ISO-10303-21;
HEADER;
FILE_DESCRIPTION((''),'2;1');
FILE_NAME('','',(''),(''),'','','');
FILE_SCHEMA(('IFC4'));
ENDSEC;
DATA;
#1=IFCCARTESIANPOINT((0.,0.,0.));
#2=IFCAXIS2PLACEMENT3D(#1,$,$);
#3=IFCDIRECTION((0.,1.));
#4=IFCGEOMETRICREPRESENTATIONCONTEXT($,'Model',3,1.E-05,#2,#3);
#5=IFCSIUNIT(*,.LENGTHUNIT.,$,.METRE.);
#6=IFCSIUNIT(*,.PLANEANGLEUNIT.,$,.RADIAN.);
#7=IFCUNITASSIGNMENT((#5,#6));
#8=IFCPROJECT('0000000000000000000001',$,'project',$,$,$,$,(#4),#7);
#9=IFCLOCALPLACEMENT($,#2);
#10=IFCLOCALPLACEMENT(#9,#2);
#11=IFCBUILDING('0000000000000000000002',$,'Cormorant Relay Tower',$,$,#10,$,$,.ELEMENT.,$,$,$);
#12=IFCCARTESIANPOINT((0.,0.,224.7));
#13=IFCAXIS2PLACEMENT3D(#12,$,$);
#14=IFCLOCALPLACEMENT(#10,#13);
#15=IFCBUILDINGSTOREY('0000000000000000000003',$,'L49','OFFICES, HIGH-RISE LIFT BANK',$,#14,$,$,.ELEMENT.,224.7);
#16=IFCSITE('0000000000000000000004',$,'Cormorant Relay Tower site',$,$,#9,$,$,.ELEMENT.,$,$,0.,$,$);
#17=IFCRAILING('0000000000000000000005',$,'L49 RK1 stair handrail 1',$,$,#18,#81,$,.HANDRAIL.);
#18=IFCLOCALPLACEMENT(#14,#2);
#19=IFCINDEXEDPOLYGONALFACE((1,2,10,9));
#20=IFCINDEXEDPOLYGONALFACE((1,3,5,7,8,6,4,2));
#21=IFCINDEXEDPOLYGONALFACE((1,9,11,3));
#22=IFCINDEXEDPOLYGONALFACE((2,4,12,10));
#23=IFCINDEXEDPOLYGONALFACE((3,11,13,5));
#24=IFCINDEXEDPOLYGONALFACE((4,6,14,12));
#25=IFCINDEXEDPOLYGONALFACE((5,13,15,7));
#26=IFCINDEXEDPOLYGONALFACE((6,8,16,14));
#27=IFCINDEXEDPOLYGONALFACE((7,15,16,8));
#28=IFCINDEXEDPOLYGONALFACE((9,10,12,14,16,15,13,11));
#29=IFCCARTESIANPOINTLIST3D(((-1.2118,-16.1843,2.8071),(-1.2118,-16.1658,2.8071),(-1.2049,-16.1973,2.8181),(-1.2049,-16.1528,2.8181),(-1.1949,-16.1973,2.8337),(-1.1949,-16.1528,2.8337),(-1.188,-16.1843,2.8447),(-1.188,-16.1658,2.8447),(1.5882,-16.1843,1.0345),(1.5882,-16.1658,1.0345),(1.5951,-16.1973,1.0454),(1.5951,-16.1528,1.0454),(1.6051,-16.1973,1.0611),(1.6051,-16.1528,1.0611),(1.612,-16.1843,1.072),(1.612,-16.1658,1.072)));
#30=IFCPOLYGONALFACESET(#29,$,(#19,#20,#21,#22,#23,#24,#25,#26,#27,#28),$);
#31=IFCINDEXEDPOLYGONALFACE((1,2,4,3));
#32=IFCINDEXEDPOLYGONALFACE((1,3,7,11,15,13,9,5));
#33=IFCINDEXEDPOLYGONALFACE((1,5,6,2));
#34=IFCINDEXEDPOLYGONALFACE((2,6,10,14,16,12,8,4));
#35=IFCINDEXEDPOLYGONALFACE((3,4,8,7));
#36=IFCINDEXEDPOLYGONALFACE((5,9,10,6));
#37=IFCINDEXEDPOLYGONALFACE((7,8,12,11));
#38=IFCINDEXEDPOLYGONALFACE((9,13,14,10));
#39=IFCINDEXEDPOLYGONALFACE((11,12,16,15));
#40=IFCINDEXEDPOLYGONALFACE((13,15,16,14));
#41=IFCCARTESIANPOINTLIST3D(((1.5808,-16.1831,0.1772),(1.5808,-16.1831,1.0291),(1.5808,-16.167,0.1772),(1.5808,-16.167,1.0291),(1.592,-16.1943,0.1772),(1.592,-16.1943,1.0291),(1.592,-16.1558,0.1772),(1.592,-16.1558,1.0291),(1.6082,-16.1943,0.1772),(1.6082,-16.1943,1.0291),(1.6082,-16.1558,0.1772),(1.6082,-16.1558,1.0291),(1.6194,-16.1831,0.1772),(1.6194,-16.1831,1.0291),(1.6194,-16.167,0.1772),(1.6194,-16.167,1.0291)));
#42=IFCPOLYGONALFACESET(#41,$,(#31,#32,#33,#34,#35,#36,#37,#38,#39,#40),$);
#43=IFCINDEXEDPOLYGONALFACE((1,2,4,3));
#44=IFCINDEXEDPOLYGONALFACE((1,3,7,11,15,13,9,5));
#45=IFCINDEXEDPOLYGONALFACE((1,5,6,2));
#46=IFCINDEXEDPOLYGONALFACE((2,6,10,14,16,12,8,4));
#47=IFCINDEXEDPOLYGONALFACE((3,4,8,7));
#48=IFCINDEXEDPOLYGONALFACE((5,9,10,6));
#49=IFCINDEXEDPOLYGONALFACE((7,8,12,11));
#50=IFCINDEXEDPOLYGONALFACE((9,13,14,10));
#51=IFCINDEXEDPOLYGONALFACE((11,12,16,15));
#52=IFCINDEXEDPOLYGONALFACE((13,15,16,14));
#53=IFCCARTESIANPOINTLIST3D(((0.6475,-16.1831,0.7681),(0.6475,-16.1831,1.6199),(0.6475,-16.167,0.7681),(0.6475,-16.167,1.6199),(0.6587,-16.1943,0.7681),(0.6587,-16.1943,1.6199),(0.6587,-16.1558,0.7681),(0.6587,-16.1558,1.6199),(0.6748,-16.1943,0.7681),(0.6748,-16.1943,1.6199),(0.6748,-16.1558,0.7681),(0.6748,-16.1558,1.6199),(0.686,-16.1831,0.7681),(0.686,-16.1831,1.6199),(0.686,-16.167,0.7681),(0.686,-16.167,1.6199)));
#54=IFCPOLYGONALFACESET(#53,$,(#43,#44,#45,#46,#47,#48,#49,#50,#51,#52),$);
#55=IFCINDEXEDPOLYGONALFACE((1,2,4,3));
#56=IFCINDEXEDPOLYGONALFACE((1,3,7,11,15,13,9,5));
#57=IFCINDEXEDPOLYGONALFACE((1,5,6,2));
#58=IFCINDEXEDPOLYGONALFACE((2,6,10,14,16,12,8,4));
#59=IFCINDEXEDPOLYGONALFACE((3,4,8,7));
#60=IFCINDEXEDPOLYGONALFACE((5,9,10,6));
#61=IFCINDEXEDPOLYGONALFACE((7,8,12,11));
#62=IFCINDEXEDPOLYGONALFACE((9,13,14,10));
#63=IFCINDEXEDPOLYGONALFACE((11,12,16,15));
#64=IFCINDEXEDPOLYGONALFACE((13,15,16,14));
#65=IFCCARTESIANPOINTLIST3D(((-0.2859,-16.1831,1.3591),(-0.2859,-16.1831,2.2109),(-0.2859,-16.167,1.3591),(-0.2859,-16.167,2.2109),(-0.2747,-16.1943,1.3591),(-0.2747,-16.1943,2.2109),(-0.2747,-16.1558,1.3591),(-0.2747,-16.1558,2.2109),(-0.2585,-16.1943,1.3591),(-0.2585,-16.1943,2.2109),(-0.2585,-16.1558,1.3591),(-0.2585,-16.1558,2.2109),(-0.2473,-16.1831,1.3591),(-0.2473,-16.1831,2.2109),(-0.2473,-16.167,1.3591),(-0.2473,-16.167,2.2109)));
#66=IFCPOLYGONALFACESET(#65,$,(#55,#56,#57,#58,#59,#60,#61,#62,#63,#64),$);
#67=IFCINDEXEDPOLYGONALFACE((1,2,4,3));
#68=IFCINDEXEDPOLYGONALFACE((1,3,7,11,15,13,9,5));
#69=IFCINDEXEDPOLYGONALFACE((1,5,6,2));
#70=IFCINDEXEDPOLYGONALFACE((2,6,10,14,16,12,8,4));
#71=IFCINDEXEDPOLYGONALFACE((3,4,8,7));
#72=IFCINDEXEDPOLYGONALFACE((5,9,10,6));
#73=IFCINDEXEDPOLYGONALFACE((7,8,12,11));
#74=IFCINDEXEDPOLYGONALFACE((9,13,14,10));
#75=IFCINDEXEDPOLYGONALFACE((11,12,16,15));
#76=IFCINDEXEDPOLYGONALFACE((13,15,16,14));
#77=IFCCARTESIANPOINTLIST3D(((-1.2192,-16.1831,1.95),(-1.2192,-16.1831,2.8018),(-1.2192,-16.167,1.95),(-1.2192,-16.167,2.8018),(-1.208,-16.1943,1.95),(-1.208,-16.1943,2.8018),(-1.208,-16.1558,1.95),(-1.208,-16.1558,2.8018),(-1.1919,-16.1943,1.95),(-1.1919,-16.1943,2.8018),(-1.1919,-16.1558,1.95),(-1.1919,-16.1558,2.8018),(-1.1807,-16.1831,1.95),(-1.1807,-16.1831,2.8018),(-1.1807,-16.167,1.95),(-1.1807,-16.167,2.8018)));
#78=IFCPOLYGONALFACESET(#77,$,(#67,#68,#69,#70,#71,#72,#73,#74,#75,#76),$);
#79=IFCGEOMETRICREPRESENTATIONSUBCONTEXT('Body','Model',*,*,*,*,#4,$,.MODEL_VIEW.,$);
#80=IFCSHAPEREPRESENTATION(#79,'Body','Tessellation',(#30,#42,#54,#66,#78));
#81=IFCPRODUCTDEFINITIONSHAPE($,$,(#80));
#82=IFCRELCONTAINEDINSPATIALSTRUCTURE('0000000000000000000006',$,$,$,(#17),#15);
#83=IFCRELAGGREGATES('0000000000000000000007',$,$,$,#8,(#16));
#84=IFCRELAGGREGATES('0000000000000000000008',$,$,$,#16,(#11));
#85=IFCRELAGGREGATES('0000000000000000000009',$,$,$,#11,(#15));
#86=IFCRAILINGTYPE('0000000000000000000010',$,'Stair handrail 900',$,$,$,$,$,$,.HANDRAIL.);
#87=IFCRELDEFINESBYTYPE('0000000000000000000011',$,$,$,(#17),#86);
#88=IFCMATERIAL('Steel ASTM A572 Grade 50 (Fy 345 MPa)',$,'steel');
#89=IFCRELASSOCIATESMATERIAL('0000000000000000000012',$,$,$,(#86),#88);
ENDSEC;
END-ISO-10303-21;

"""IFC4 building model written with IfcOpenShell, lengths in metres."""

from ifc_helpers import new_model, si_unit, direction, frame, origin, place, context, subcontext, project, spatial, polyline, outline, extrude, material, type_object, element, save


model = new_model("IFC4")

# Units and contexts
model_context = context("Model", 3, precision=1e-05, world=origin(), true_north=direction((0.0, 1.0)))
body_context = subcontext(model_context, "Body", "Model", "MODEL_VIEW")
ifc_project = project(units=[si_unit("LENGTHUNIT", "METRE"), si_unit("PLANEANGLEUNIT", "RADIAN")], contexts=[model_context])

# Site, building, storey
site_placement = place(None, origin())
site = spatial("IfcSite", under=ifc_project, at=site_placement, Name="Cormorant Relay Tower site", CompositionType="ELEMENT", RefElevation=0.0)
building_placement = place(site_placement, origin())
building = spatial("IfcBuilding", under=site, at=building_placement, Name="Cormorant Relay Tower", CompositionType="ELEMENT")
storey_placement = place(building_placement, frame((0.0, 0.0, 224.7)))
storey = spatial("IfcBuildingStorey", under=building, at=storey_placement, Name="L49", Description="OFFICES, HIGH-RISE LIFT BANK", CompositionType="ELEMENT", Elevation=224.7)

# Railing
ifc_material_1 = material(Name="Steel ASTM A572 Grade 50 (Fy 345 MPa)", Category="steel")
railing_type = type_object("IfcRailingType", Name="Stair handrail 900", PredefinedType="HANDRAIL", material=ifc_material_1)
railing_placement = place(storey_placement, frame((1.6001, -16.175, 0.1772)))
element("IfcRailing", 1, at=railing_placement, inside=storey, type_object=railing_type, Name="L49 RK1 stair handrail 1", PredefinedType="HANDRAIL", context=body_context, shape_type="SweptSolid", body=[
    extrude(outline(polyline([(0.0222, 0.0093), (0.0093, 0.0222), (-0.0093, 0.0222), (-0.0222, 0.0093), (-0.0222, -0.0093), (-0.0093, -0.0222), (0.0093, -0.0222), (0.0222, -0.0093), (0.0222, 0.0093)])), frame((0.0, 0.0, 0.876), z_axis=(-0.844909, 0.0, 0.53491), x_axis=(0.0, -1.0, 0.0)), (0.0, 0.0, 1.0), 3.314),
    extrude(outline(polyline([(0.0193, 0.0081), (0.0081, 0.0193), (-0.0081, 0.0193), (-0.0193, 0.0081), (-0.0193, -0.0081), (-0.0081, -0.0193), (0.0081, -0.0193), (0.0193, -0.0081), (0.0193, 0.0081)])), origin(), (0.0, 0.0, 1.0), 0.8518),
    extrude(outline(polyline([(0.0193, 0.0081), (0.0081, 0.0193), (-0.0081, 0.0193), (-0.0193, 0.0081), (-0.0193, -0.0081), (-0.0081, -0.0193), (0.0081, -0.0193), (0.0193, -0.0081), (0.0193, 0.0081)])), frame((-0.9333, 0.0, 0.5908)), (0.0, 0.0, 1.0), 0.8518),
    extrude(outline(polyline([(0.0193, 0.0081), (0.0081, 0.0193), (-0.0081, 0.0193), (-0.0193, 0.0081), (-0.0193, -0.0081), (-0.0081, -0.0193), (0.0081, -0.0193), (0.0193, -0.0081), (0.0193, 0.0081)])), frame((-1.8667, 0.0, 1.1819)), (0.0, 0.0, 1.0), 0.8518),
    extrude(outline(polyline([(0.0193, 0.0081), (0.0081, 0.0193), (-0.0081, 0.0193), (-0.0193, 0.0081), (-0.0193, -0.0081), (-0.0081, -0.0193), (0.0081, -0.0193), (0.0193, -0.0081), (0.0193, 0.0081)])), frame((-2.8, 0.0, 1.7727)), (0.0, 0.0, 1.0), 0.8518),
])

save(model, "model.ifc")
